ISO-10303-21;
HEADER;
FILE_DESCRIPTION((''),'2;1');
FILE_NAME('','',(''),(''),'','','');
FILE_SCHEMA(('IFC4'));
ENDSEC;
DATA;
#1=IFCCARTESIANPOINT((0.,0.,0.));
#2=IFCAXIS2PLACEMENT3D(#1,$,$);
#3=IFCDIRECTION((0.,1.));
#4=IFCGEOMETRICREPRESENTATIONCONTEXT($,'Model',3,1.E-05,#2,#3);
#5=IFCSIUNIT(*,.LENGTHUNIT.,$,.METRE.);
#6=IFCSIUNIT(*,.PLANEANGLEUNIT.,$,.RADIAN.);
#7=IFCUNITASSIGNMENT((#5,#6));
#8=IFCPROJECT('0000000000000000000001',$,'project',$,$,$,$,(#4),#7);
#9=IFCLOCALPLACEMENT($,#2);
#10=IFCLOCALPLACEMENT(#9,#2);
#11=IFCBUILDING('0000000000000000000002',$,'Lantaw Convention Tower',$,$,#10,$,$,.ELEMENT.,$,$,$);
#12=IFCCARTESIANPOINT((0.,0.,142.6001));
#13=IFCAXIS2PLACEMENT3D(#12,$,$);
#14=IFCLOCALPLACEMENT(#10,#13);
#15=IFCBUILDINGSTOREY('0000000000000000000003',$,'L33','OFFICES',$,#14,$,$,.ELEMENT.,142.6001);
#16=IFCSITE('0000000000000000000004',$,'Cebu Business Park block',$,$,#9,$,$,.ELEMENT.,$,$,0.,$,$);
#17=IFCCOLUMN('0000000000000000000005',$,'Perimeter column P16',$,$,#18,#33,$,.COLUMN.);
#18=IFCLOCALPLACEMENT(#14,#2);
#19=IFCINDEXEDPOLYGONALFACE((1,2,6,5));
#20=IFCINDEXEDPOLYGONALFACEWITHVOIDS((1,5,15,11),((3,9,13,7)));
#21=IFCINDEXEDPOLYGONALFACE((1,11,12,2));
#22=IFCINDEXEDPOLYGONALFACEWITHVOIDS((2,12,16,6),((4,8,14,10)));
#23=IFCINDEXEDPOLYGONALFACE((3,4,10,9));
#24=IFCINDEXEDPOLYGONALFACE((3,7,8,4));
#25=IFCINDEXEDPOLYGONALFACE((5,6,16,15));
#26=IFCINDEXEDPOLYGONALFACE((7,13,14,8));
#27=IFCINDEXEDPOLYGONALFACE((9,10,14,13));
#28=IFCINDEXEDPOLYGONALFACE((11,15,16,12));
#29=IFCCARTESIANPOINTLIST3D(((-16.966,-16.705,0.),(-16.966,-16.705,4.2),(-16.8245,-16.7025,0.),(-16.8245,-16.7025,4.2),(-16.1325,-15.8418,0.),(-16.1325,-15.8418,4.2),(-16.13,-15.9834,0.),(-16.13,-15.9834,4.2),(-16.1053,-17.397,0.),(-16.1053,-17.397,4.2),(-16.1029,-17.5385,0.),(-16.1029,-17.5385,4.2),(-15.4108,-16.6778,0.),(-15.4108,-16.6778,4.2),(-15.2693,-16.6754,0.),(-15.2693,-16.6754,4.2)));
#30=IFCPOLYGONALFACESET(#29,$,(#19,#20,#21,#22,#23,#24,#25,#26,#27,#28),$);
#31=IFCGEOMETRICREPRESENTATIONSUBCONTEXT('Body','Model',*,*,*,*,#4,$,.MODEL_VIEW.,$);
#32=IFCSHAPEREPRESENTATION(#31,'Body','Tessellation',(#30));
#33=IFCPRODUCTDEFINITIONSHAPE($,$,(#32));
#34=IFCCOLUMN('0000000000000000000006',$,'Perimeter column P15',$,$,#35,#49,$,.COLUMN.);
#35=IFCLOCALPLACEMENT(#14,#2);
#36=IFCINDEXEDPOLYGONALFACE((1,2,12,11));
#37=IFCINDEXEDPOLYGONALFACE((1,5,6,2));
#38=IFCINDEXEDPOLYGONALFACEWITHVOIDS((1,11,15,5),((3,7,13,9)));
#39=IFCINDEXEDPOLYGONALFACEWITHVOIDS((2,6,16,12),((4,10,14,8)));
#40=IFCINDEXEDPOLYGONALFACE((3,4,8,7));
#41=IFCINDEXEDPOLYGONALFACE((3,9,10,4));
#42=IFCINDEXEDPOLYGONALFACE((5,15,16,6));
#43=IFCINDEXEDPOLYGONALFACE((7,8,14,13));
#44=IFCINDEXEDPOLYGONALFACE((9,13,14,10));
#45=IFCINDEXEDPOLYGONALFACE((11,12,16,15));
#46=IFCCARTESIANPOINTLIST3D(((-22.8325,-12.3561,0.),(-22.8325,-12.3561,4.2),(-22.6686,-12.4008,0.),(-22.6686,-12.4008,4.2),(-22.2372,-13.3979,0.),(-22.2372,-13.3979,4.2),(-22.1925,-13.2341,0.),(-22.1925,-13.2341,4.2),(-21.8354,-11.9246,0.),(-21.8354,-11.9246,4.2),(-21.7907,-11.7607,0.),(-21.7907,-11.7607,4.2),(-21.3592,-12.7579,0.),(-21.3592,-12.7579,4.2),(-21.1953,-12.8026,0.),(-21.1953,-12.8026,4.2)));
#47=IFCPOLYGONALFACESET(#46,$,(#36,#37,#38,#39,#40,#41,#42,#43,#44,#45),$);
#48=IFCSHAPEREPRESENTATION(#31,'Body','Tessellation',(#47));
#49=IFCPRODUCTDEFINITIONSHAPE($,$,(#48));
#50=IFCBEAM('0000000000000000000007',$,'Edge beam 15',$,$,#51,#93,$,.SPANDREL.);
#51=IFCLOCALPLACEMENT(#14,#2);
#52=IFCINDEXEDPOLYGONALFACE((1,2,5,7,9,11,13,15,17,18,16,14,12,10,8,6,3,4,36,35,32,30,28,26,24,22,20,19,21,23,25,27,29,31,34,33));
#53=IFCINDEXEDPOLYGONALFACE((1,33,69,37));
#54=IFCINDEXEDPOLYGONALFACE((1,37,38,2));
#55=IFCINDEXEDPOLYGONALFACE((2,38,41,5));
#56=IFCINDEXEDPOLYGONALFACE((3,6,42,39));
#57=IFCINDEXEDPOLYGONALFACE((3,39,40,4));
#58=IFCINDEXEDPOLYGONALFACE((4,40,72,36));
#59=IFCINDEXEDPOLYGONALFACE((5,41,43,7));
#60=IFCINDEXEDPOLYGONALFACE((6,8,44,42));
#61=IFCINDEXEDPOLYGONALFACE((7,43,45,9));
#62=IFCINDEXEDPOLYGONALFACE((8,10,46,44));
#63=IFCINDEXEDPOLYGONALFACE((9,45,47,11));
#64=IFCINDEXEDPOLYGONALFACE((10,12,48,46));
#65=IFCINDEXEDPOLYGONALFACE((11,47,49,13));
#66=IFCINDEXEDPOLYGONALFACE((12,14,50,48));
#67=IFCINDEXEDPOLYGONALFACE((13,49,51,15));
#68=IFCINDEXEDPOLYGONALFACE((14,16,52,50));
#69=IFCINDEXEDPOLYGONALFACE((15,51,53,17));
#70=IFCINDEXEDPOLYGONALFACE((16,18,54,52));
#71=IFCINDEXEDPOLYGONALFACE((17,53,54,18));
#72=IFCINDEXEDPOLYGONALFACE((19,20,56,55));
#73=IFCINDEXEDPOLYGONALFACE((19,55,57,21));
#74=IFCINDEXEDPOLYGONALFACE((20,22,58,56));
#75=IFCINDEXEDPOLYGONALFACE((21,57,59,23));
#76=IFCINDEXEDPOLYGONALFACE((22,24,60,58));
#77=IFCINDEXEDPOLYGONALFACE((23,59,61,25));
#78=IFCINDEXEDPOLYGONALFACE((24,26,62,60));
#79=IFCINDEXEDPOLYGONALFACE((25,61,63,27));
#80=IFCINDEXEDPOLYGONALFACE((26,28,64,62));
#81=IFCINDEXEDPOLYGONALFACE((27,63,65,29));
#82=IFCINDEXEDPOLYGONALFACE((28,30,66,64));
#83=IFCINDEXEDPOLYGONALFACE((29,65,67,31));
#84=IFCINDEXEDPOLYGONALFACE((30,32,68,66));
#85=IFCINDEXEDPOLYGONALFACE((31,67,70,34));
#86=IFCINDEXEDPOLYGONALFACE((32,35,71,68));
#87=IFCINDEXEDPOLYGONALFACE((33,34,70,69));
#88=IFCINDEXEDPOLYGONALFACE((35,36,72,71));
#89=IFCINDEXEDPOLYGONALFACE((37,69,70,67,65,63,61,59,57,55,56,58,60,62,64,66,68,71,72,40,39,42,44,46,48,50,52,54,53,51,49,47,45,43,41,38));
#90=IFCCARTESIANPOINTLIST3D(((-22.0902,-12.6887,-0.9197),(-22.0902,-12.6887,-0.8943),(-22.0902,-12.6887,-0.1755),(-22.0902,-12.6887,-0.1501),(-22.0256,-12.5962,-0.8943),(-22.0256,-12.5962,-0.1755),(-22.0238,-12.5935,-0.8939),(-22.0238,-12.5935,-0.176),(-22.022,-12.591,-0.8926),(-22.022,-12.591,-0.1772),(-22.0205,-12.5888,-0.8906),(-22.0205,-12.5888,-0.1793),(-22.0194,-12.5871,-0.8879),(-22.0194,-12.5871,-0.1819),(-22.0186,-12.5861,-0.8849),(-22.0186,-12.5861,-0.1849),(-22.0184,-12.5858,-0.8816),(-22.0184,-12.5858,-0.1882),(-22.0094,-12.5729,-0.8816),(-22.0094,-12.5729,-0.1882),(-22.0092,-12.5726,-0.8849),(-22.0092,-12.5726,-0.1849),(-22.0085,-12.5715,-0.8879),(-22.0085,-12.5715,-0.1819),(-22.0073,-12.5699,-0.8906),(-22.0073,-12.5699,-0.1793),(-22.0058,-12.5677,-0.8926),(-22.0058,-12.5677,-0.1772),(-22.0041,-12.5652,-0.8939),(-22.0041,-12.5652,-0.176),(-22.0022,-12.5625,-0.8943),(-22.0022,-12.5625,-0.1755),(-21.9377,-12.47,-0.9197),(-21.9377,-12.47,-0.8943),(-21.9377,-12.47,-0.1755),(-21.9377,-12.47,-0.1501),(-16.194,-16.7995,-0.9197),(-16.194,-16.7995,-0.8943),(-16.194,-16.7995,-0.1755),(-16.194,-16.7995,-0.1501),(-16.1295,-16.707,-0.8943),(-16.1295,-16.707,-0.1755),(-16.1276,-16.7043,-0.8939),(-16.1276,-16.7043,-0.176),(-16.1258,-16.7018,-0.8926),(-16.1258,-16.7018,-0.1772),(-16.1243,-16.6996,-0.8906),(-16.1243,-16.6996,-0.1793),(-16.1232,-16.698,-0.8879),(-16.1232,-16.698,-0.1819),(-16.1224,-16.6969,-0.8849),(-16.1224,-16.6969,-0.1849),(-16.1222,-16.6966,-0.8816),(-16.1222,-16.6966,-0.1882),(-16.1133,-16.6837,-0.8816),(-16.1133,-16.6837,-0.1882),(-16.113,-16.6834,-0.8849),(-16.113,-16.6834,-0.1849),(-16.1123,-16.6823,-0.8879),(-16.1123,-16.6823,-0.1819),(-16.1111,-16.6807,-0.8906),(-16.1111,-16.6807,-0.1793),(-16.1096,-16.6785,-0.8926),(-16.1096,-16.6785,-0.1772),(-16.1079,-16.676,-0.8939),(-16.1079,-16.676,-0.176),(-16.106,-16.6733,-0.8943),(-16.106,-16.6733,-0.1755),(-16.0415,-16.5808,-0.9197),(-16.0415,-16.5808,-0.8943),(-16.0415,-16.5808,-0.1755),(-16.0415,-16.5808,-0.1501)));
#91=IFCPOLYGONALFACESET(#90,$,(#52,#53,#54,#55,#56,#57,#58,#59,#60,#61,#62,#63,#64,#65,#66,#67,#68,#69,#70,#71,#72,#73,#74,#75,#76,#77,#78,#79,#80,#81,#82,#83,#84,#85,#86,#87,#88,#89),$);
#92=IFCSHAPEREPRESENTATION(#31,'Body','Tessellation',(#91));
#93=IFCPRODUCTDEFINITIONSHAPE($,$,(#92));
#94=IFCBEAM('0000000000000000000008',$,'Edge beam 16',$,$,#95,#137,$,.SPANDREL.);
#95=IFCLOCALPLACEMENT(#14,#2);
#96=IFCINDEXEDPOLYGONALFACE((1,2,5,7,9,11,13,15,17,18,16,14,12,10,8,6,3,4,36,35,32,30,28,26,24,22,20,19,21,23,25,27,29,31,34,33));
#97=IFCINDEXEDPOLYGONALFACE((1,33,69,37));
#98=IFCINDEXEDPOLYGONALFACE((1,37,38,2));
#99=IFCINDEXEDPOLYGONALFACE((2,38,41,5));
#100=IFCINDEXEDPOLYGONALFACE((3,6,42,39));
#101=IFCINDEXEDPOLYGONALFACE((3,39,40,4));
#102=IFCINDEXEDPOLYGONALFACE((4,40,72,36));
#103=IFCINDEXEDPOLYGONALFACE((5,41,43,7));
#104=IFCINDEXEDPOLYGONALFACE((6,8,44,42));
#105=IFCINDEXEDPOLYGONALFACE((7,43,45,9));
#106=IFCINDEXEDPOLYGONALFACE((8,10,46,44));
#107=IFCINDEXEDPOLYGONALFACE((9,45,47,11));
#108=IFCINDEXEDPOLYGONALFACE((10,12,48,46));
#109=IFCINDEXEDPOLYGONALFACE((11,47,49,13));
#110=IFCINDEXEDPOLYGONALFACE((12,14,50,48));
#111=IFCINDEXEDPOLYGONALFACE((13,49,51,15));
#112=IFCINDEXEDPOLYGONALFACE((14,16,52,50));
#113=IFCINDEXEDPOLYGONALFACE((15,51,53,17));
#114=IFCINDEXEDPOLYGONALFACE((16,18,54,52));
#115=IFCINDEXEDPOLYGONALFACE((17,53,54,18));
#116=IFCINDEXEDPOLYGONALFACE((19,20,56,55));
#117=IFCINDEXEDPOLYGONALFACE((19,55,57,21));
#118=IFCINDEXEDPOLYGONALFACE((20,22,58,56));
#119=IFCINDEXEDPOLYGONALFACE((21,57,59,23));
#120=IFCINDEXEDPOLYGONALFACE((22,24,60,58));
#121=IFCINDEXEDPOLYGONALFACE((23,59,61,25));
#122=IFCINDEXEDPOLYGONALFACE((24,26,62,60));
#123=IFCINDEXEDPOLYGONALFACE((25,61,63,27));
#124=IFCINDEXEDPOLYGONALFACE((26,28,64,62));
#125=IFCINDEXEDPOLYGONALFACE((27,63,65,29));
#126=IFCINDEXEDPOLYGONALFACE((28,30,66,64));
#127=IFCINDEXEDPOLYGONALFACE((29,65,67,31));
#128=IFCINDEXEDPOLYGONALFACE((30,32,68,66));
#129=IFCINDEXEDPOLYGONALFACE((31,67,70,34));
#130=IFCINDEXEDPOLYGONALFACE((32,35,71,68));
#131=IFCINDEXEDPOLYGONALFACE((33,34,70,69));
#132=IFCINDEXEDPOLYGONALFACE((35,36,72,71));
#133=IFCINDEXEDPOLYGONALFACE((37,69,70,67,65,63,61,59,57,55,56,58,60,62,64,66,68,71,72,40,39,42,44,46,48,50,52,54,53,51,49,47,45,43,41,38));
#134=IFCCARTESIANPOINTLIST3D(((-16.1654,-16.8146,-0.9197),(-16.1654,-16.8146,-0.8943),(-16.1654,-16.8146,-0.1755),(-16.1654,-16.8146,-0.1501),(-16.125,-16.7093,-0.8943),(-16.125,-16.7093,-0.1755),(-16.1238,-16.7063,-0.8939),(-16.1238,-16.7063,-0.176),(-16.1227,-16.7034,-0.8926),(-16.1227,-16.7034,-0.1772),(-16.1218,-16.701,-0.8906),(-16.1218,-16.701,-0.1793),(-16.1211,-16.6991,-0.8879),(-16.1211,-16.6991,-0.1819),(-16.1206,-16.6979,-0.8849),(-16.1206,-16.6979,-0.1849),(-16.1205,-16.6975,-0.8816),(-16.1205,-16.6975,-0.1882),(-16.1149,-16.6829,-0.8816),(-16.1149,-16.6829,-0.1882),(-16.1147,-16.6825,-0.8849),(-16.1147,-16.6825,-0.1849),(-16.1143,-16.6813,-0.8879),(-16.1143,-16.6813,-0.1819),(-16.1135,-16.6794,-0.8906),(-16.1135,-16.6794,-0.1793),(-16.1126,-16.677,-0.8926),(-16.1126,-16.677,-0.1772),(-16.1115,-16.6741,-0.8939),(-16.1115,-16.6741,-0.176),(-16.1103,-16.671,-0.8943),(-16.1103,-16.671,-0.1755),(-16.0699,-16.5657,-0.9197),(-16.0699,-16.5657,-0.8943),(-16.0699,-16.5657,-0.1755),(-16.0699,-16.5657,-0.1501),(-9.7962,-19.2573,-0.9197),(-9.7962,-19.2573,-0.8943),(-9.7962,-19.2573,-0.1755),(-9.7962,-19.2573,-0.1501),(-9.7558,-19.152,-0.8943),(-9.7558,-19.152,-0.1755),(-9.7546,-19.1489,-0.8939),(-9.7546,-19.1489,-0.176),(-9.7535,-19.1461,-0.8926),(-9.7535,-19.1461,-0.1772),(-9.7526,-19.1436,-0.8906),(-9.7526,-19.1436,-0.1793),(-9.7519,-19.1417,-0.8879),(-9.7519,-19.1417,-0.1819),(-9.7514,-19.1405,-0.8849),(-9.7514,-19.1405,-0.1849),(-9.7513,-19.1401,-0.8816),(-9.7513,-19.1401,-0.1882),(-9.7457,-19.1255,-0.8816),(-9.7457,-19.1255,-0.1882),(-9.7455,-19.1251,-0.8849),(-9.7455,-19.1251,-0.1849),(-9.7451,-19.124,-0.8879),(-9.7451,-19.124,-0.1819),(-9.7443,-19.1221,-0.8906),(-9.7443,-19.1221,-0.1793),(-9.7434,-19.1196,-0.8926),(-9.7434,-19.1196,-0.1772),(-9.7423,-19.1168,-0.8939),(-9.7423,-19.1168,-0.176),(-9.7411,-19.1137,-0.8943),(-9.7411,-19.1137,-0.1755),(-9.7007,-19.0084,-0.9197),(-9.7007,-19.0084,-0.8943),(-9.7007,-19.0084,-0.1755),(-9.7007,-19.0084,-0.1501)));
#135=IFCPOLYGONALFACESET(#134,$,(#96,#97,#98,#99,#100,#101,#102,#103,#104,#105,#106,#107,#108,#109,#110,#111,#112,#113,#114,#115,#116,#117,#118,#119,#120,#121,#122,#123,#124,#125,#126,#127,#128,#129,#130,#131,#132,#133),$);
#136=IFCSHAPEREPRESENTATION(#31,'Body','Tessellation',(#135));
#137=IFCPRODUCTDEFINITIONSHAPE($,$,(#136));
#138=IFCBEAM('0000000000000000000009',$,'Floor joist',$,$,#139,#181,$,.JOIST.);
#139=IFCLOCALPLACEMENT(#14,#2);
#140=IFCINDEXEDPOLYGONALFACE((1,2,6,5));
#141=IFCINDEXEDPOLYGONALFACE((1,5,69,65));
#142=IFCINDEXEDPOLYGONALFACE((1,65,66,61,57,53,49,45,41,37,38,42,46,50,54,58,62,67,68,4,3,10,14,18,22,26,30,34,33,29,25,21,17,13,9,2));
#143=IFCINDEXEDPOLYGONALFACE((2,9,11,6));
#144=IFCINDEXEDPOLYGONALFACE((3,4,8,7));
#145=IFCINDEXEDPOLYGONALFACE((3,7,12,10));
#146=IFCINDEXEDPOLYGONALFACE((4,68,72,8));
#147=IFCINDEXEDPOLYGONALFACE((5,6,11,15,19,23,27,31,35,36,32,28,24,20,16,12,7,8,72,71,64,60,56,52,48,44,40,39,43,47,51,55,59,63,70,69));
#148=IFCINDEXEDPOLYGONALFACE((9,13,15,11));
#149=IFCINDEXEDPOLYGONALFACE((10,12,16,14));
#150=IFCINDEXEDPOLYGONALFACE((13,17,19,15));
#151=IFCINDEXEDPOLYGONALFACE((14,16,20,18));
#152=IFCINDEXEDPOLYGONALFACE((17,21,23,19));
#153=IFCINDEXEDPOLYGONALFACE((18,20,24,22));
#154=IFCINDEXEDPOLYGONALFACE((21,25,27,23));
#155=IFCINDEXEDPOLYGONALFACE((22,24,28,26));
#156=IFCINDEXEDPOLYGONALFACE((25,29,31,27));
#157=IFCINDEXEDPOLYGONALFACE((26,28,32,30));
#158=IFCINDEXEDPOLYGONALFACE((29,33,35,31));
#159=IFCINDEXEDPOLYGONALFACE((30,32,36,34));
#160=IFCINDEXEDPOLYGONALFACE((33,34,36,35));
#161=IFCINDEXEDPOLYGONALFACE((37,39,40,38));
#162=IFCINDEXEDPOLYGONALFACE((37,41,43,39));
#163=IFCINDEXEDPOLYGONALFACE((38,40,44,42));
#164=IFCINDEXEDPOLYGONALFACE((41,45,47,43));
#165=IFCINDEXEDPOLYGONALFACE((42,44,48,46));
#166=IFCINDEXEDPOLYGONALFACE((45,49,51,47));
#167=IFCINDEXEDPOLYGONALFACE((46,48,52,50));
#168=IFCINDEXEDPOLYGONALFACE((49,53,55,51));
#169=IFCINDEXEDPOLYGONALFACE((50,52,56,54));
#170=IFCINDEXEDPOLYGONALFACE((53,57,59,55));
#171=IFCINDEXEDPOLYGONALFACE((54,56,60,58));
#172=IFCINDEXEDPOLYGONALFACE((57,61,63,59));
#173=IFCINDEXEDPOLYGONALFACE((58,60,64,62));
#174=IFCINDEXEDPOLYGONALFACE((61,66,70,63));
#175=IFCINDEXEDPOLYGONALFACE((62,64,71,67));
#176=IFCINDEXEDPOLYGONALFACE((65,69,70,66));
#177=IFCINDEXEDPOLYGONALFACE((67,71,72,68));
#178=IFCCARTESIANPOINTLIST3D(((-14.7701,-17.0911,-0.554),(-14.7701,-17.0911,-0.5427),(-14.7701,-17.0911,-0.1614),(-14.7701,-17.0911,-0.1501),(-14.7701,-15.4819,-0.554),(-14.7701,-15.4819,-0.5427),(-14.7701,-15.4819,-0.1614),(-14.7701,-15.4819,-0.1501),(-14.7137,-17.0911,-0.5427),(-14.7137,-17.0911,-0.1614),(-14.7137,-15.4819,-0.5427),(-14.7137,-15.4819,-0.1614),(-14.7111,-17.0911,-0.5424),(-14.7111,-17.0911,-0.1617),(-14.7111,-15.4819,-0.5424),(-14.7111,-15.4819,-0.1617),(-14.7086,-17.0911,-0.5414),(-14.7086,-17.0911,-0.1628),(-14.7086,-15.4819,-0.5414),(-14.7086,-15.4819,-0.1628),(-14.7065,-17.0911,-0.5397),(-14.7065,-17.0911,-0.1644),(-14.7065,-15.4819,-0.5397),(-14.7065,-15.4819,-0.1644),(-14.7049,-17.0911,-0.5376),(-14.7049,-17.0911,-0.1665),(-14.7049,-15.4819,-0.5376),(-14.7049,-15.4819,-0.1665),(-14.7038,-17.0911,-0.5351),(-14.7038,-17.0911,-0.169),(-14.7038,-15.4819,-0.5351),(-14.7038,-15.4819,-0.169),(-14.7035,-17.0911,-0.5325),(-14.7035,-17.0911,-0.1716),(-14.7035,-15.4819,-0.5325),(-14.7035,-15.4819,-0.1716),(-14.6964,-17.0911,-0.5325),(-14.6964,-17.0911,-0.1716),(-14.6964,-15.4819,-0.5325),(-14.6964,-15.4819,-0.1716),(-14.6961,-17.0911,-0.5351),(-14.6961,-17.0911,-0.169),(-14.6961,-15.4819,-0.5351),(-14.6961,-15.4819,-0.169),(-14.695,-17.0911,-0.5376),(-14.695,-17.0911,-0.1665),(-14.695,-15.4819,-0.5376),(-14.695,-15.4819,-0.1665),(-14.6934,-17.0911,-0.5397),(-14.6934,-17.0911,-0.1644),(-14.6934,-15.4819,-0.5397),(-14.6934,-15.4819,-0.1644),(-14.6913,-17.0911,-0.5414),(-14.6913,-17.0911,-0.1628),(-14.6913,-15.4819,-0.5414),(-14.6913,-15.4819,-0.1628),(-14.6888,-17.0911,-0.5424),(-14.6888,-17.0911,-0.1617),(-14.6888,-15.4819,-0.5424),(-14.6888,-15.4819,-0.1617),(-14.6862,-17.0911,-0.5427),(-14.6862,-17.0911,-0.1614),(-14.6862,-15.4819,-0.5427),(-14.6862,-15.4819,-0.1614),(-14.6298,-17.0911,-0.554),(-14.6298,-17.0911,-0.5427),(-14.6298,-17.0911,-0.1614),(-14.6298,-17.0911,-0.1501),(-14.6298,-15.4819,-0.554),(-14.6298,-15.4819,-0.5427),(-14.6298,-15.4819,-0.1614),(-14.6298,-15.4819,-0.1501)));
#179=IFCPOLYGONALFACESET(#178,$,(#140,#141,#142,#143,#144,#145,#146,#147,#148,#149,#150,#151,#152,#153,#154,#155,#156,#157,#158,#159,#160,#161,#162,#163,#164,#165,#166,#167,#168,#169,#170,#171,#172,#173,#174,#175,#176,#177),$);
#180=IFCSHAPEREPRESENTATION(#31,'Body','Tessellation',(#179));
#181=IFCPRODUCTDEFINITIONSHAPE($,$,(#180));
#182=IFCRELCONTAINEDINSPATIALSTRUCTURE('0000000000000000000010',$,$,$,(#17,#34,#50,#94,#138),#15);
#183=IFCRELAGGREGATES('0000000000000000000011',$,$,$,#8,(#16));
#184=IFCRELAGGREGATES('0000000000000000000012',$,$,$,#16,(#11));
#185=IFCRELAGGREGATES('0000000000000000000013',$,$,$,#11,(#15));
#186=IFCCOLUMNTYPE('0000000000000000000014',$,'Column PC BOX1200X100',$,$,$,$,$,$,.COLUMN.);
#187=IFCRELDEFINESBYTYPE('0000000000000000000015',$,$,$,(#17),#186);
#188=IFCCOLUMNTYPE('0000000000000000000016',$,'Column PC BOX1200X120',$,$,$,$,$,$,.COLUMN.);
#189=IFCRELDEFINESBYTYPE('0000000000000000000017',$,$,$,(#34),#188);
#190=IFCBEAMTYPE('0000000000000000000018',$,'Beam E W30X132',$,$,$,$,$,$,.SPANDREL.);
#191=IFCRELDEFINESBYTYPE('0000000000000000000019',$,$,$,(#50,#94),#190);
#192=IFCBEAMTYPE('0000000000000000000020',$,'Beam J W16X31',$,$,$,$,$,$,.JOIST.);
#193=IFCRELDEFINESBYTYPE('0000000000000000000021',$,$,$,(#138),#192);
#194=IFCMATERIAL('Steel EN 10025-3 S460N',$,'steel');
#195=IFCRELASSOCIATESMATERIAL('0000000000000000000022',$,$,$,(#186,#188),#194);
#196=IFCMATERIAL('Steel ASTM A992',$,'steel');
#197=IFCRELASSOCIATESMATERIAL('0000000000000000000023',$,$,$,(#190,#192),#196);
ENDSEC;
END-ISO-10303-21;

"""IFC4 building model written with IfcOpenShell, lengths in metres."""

from ifc_helpers import new_model, si_unit, direction, frame, origin, origin_2d, place, context, subcontext, project, spatial, rectangle, hollow_rectangle, i_section, extrude, material, material_profile, profile_set, type_object, element, save


model = new_model("IFC4")

# Units and contexts
model_context = context("Model", 3, precision=1e-05, world=origin(), true_north=direction((0.0, 1.0)))
body_context = subcontext(model_context, "Body", "Model", "MODEL_VIEW")
ifc_project = project(units=[si_unit("LENGTHUNIT", "METRE"), si_unit("PLANEANGLEUNIT", "RADIAN")], contexts=[model_context])

# Site, building, storey
site_placement = place(None, origin())
site = spatial("IfcSite", under=ifc_project, at=site_placement, Name="Cebu Business Park block", CompositionType="ELEMENT", RefElevation=0.0)
building_placement = place(site_placement, origin())
building = spatial("IfcBuilding", under=site, at=building_placement, Name="Lantaw Convention Tower", CompositionType="ELEMENT")
storey_placement = place(building_placement, frame((0.0, 0.0, 142.6001)))
storey = spatial("IfcBuildingStorey", under=building, at=storey_placement, Name="L33", Description="OFFICES", CompositionType="ELEMENT", Elevation=142.6001)

# Columns
ifc_material_1 = material(Name="Steel EN 10025-3 S460N", Category="steel")
ifc_material_profile_1 = material_profile(ifc_material_1, hollow_rectangle(XDim=1.2, YDim=1.2, WallThickness=0.1001, at=origin_2d()), Name="BOX1200X100")
ifc_material_2 = material(Name="Concrete C60/75", Category="concrete")
ifc_material_profile_2 = material_profile(ifc_material_2, rectangle(XDim=1.0, YDim=1.0, at=origin_2d()), Name="Concrete fill of BOX1200X100")
ifc_profile_set_1 = profile_set([ifc_material_profile_1, ifc_material_profile_2], Name="Steel EN 10025-3 S460N")
column_type_1 = type_object("IfcColumnType", Name="Column PC BOX1200X100", PredefinedType="COLUMN", material=ifc_profile_set_1)
column_1_placement = place(storey_placement, frame((-16.1177, -16.6902, 0.0), z_axis=(0.0, 0.0, 1.0), x_axis=(0.694658, 0.71934, 0.0)))
element("IfcColumn", 1, at=column_1_placement, inside=storey, type_object=column_type_1, Name="Perimeter column P16", PredefinedType="COLUMN", context=body_context, shape_type="SweptSolid", body=[
    extrude(hollow_rectangle(XDim=1.2, YDim=1.2, WallThickness=0.1001, at=origin_2d()), origin(), (0.0, 0.0, 1.0), 4.2),
])
ifc_material_profile_3 = material_profile(ifc_material_1, hollow_rectangle(XDim=1.2, YDim=1.2, WallThickness=0.1201, at=origin_2d()), Name="BOX1200X120")
ifc_material_profile_4 = material_profile(ifc_material_2, rectangle(XDim=0.96, YDim=0.96, at=origin_2d()), Name="Concrete fill of BOX1200X120")
ifc_profile_set_2 = profile_set([ifc_material_profile_3, ifc_material_profile_4], Name="Steel EN 10025-3 S460N")
column_type_2 = type_object("IfcColumnType", Name="Column PC BOX1200X120", PredefinedType="COLUMN", material=ifc_profile_set_2)
column_2_placement = place(storey_placement, frame((-22.0139, -12.5793, 0.0), z_axis=(0.0, 0.0, 1.0), x_axis=(0.868243, 0.496139, 0.0)))
element("IfcColumn", 2, at=column_2_placement, inside=storey, type_object=column_type_2, Name="Perimeter column P15", PredefinedType="COLUMN", context=body_context, shape_type="SweptSolid", body=[
    extrude(hollow_rectangle(XDim=1.2, YDim=1.2, WallThickness=0.1201, at=origin_2d()), origin(), (0.0, 0.0, 1.0), 4.2),
])

# Beams
ifc_material_3 = material(Name="Steel ASTM A992", Category="steel")
ifc_material_profile_5 = material_profile(ifc_material_3, i_section(OverallWidth=0.2666, OverallDepth=0.7695, WebThickness=0.0156, FlangeThickness=0.0254, FilletRadius=0.0127, at=origin_2d()), Name="W30X132")
ifc_profile_set_3 = profile_set([ifc_material_profile_5], Name="Steel ASTM A992")
beam_type_1 = type_object("IfcBeamType", Name="Beam E W30X132", PredefinedType="SPANDREL", material=ifc_profile_set_3)
beam_1_placement = place(storey_placement, frame((-22.0139, -12.5793, -0.5349), z_axis=(0.820311, -0.571918, 0.0), x_axis=(0.571918, 0.820311, 0.0)))
element("IfcBeam", 3, at=beam_1_placement, inside=storey, type_object=beam_type_1, Name="Edge beam 15", PredefinedType="SPANDREL", context=body_context, shape_type="SweptSolid", body=[
    extrude(i_section(OverallWidth=0.2666, OverallDepth=0.7695, WebThickness=0.0156, FlangeThickness=0.0254, FilletRadius=0.0127, at=origin_2d()), origin(), (0.0, 0.0, 1.0), 7.1877),
])
beam_2_placement = place(storey_placement, frame((-16.1177, -16.6902, -0.5349), z_axis=(0.933691, -0.35808, 0.0), x_axis=(0.35808, 0.933691, 0.0)))
element("IfcBeam", 4, at=beam_2_placement, inside=storey, type_object=beam_type_1, Name="Edge beam 16", PredefinedType="SPANDREL", context=body_context, shape_type="SweptSolid", body=[
    extrude(i_section(OverallWidth=0.2666, OverallDepth=0.7695, WebThickness=0.0156, FlangeThickness=0.0254, FilletRadius=0.0127, at=origin_2d()), origin(), (0.0, 0.0, 1.0), 6.8215),
])
ifc_material_profile_6 = material_profile(ifc_material_3, i_section(OverallWidth=0.1404, OverallDepth=0.4038, WebThickness=0.0071, FlangeThickness=0.0112, FilletRadius=0.0103, at=origin_2d()), Name="W16X31")
ifc_profile_set_4 = profile_set([ifc_material_profile_6], Name="Steel ASTM A992")
beam_type_2 = type_object("IfcBeamType", Name="Beam J W16X31", PredefinedType="JOIST", material=ifc_profile_set_4)
beam_3_placement = place(storey_placement, frame((-14.7, -17.0911, -0.3521), z_axis=(0.0, 1.0, 0.0), x_axis=(-1.0, 0.0, 0.0)))
element("IfcBeam", 5, at=beam_3_placement, inside=storey, type_object=beam_type_2, Name="Floor joist", PredefinedType="JOIST", context=body_context, shape_type="SweptSolid", body=[
    extrude(i_section(OverallWidth=0.1404, OverallDepth=0.4038, WebThickness=0.0071, FlangeThickness=0.0112, FilletRadius=0.0103, at=origin_2d()), origin(), (0.0, 0.0, 1.0), 1.6091),
])

save(model, "model.ifc")
